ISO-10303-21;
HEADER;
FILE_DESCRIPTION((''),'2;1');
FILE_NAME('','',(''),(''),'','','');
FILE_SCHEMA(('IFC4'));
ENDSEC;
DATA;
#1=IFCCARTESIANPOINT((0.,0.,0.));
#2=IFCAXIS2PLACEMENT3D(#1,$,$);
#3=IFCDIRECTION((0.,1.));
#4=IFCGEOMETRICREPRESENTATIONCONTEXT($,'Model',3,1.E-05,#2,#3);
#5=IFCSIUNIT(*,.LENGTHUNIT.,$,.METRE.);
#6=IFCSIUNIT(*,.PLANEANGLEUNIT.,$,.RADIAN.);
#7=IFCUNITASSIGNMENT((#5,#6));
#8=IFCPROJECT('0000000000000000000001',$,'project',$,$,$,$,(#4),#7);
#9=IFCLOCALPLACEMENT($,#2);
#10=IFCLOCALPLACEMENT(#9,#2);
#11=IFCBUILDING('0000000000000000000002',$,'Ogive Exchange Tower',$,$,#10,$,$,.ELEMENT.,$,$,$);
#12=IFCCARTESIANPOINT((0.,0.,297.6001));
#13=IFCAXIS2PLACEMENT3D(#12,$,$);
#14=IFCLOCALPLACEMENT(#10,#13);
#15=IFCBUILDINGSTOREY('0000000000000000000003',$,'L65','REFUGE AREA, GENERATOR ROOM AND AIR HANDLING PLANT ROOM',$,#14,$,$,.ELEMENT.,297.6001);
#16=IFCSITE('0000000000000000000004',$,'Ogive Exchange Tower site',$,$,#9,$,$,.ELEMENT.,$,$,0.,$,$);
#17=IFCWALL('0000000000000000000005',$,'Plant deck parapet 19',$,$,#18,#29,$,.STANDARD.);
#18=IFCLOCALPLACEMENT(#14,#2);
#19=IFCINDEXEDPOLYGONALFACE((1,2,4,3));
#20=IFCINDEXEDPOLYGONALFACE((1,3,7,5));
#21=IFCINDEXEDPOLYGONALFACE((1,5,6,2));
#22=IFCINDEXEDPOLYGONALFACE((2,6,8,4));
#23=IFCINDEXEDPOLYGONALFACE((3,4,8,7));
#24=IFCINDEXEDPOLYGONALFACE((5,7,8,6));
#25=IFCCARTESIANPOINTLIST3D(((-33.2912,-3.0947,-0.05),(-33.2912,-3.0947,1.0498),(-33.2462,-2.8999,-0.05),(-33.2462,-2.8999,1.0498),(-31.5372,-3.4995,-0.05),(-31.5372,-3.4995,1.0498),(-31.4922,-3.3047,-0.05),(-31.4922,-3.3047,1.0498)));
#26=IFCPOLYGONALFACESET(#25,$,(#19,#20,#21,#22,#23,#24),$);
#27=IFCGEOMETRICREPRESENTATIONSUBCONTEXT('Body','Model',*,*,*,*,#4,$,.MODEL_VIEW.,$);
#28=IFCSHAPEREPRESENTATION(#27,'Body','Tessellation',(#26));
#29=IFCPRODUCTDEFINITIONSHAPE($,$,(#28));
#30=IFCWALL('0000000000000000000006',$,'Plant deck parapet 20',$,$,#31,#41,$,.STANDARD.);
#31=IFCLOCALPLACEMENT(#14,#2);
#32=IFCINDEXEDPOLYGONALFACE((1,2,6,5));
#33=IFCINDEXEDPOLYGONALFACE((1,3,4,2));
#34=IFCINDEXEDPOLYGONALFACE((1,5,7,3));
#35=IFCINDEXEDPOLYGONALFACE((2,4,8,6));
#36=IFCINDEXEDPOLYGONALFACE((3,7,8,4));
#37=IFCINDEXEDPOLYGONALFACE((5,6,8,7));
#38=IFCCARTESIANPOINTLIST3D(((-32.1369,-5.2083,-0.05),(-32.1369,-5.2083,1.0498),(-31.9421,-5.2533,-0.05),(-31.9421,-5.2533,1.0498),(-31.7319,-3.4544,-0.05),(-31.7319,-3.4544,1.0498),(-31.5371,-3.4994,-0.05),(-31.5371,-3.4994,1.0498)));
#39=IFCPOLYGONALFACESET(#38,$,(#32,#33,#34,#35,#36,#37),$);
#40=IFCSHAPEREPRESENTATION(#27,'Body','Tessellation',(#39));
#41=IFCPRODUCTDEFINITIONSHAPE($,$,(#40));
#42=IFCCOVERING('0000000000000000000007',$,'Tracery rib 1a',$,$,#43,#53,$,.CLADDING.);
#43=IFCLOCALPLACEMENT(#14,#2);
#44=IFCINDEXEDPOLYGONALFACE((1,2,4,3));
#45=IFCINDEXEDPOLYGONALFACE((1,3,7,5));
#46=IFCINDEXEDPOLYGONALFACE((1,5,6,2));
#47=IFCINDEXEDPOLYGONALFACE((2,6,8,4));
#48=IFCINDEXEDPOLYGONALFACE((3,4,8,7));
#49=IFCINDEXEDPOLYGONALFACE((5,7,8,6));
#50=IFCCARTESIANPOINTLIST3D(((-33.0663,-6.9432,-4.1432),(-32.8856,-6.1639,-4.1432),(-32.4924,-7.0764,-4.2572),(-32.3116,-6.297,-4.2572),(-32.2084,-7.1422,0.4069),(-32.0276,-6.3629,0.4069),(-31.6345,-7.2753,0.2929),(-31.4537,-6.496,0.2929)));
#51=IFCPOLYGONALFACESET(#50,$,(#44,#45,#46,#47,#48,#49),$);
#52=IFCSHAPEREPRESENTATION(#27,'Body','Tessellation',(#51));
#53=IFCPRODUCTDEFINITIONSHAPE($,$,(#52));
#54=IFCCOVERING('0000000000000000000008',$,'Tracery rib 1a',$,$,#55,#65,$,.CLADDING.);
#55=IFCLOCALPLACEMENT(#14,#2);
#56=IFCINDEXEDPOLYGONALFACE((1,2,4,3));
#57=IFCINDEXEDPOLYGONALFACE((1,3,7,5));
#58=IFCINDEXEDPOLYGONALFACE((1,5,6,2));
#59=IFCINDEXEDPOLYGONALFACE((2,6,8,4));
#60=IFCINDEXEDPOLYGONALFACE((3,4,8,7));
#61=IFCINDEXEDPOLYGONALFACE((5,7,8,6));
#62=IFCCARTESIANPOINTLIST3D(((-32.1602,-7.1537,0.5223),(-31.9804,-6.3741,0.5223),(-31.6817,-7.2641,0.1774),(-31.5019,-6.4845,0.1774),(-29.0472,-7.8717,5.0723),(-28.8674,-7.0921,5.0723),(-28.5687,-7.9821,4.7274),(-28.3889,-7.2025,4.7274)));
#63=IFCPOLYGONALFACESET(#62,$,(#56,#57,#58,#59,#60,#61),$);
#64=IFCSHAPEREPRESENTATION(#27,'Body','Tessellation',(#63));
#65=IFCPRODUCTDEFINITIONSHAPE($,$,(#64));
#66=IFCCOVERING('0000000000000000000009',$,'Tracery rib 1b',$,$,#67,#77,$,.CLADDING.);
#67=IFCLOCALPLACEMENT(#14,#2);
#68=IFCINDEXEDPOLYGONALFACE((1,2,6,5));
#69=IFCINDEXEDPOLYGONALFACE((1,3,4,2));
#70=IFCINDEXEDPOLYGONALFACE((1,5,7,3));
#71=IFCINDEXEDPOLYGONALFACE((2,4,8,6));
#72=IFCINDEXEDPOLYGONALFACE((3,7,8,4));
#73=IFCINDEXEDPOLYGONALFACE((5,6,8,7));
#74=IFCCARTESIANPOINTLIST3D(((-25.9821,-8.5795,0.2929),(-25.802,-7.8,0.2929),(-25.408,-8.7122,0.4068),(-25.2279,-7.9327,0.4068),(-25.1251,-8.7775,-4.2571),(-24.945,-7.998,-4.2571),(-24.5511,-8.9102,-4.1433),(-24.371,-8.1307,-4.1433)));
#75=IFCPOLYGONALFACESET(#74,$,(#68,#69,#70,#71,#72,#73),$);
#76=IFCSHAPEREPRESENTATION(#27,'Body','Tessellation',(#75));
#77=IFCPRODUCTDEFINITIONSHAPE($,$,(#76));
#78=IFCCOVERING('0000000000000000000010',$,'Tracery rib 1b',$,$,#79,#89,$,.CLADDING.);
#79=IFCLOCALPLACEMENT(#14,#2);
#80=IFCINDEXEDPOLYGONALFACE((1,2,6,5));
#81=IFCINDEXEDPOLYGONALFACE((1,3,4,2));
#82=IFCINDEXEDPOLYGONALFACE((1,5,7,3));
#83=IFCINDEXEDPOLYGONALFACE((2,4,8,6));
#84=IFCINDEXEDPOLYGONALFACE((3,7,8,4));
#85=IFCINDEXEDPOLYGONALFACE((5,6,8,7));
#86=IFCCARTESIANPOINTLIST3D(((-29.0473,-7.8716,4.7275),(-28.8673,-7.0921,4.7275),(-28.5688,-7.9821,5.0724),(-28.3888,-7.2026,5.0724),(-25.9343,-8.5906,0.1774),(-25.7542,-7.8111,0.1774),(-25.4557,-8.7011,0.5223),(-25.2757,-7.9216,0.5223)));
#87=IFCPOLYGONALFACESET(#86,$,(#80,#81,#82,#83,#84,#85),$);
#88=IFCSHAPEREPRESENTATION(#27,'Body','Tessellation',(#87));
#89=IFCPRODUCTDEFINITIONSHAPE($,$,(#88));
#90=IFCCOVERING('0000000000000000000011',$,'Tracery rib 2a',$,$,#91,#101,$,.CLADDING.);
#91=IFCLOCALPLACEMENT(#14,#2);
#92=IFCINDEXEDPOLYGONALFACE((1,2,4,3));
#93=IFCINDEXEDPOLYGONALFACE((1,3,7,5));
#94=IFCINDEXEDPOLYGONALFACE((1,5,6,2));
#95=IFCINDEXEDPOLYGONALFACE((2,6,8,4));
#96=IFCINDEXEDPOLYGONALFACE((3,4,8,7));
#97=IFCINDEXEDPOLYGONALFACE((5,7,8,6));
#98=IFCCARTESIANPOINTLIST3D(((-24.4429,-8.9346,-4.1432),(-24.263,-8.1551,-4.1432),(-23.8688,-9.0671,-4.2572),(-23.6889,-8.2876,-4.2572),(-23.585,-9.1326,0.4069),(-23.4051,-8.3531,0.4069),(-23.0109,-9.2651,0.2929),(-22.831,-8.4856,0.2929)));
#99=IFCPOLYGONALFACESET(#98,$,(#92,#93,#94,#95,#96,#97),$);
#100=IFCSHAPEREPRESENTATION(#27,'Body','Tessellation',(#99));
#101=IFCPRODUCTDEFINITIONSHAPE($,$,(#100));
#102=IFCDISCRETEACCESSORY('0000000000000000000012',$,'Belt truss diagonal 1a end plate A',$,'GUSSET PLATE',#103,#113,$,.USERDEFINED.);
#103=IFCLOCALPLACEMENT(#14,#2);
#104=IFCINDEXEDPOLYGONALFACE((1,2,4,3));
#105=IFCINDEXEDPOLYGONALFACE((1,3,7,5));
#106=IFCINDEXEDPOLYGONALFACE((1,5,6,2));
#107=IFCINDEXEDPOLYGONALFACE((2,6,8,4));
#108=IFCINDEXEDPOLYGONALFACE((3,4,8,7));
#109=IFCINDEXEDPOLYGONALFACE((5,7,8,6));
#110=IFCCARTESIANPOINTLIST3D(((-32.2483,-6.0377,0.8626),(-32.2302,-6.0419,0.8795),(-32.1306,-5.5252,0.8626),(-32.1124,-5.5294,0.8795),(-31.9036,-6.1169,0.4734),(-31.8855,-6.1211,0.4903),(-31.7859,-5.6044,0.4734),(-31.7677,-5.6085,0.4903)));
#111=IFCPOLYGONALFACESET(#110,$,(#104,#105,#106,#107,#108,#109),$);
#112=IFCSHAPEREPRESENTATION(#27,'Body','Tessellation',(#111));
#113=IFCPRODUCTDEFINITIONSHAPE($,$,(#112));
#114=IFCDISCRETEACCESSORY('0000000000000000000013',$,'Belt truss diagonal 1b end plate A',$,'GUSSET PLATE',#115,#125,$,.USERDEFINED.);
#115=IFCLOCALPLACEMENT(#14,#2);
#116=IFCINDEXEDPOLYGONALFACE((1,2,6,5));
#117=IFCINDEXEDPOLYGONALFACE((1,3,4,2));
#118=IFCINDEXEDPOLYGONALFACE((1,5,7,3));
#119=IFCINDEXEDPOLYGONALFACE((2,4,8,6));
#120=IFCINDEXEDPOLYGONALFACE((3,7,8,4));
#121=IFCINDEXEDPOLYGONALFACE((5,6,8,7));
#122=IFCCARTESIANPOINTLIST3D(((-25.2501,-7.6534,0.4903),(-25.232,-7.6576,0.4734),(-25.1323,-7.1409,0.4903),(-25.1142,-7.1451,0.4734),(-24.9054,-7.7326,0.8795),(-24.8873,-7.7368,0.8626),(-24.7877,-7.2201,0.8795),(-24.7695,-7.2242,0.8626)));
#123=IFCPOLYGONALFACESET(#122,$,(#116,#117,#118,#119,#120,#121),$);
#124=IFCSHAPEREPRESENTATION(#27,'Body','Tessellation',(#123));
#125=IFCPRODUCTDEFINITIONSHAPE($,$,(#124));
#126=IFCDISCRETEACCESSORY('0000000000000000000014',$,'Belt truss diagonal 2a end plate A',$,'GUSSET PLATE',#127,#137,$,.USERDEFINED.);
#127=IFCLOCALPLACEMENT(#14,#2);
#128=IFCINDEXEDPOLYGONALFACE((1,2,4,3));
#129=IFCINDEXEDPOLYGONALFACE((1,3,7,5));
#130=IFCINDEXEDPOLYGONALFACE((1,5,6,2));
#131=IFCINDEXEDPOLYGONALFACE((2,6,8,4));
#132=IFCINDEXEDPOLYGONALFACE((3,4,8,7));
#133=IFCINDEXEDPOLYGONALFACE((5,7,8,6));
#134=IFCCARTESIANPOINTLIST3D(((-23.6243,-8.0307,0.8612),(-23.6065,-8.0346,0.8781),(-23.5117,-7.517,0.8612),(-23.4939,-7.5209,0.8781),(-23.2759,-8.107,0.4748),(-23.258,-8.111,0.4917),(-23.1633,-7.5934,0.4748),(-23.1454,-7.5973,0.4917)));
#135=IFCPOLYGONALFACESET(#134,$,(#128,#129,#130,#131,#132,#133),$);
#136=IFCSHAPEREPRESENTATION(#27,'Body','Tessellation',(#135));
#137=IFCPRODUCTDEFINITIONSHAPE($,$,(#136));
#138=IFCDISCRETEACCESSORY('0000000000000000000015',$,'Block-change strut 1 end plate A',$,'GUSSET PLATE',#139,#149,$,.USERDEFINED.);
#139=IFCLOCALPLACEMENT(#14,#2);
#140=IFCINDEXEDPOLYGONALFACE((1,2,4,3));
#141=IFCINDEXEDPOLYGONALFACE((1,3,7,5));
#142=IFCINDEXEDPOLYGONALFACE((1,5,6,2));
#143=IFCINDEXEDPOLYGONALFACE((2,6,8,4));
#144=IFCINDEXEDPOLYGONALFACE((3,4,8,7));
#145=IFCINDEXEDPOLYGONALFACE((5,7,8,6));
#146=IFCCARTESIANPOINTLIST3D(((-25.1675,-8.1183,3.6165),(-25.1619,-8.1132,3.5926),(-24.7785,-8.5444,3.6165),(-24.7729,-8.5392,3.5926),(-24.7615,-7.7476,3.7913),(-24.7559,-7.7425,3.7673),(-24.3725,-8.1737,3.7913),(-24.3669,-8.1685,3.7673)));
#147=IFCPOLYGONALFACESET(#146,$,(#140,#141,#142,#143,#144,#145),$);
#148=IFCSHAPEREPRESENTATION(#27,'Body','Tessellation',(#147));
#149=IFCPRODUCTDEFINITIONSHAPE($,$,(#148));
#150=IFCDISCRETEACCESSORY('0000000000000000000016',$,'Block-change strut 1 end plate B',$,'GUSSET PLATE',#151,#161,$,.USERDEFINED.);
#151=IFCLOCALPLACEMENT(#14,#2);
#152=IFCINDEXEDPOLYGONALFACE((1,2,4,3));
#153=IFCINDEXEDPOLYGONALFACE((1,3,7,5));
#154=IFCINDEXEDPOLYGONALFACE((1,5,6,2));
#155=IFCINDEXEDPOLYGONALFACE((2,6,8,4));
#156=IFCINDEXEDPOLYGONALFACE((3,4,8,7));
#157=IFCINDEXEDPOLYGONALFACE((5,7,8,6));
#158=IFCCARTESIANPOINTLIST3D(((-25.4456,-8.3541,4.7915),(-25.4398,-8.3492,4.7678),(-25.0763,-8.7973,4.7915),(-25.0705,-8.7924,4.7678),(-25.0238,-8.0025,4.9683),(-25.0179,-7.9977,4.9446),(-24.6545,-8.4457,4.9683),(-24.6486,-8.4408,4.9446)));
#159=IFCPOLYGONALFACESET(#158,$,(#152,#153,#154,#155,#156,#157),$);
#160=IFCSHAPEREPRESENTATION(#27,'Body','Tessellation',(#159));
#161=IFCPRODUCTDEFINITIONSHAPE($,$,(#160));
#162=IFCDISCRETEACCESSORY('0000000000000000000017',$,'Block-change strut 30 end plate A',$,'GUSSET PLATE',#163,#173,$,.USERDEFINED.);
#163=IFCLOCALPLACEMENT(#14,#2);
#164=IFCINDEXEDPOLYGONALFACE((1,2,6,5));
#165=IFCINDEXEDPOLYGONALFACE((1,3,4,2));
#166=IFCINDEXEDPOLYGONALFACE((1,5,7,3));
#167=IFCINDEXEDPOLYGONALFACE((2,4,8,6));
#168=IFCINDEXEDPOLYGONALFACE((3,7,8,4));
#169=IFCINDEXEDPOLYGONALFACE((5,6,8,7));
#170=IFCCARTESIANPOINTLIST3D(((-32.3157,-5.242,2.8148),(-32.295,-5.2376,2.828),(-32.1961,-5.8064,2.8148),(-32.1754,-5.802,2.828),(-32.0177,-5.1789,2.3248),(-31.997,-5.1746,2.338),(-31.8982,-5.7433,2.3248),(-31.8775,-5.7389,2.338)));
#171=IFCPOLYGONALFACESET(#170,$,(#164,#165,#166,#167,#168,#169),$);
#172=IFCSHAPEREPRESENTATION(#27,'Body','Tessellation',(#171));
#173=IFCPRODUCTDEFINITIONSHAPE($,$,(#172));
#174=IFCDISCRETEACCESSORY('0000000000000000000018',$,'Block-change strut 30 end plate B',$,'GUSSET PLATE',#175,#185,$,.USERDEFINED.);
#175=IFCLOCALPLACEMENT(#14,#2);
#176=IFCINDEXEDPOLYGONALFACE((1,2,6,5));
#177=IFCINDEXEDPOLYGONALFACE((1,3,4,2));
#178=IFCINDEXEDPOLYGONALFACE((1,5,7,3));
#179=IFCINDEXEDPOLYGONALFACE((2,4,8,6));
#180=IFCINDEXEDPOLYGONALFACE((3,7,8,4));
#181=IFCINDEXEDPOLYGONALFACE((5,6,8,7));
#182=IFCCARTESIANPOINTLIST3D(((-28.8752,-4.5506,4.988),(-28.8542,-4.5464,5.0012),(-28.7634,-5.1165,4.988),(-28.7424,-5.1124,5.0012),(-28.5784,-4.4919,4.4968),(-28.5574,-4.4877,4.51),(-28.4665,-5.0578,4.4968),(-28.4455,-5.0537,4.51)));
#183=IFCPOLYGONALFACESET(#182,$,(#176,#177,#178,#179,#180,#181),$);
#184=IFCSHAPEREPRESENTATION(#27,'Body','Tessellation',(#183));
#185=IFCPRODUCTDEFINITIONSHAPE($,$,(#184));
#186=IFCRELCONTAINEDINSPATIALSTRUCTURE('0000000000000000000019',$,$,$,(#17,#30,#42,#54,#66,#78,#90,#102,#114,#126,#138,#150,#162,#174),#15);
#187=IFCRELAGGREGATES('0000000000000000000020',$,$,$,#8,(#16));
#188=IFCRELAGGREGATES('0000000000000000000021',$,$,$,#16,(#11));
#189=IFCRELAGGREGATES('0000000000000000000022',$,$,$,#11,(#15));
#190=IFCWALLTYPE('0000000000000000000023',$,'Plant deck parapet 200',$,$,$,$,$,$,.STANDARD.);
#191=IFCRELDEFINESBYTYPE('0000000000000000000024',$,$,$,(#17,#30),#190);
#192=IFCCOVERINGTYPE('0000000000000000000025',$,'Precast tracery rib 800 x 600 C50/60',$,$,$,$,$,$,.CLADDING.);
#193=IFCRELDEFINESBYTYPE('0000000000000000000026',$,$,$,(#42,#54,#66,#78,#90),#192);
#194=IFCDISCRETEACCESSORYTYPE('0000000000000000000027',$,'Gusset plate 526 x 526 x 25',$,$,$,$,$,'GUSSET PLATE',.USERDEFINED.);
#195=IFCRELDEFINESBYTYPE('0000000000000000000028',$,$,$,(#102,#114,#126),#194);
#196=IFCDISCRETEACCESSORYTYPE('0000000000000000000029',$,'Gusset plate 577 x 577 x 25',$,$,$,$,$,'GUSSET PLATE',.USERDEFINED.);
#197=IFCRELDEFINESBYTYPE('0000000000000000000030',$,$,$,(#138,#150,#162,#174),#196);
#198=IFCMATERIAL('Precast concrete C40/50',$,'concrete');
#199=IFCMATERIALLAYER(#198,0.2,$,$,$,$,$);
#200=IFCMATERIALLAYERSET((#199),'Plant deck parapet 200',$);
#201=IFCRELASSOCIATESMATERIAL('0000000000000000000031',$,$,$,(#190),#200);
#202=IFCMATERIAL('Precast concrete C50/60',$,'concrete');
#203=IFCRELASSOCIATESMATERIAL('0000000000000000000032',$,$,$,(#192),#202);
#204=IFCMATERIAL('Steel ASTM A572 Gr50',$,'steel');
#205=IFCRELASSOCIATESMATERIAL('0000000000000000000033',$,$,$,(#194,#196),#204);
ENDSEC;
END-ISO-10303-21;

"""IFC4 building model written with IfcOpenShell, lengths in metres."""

from ifc_helpers import new_model, si_unit, direction, frame, frame_2d, origin, origin_2d, place, context, subcontext, project, spatial, rectangle, extrude, material, layer, layer_set, material_profile, profile_set, type_object, element, save


model = new_model("IFC4")

# Units and contexts
model_context = context("Model", 3, precision=1e-05, world=origin(), true_north=direction((0.0, 1.0)))
body_context = subcontext(model_context, "Body", "Model", "MODEL_VIEW")
ifc_project = project(units=[si_unit("LENGTHUNIT", "METRE"), si_unit("PLANEANGLEUNIT", "RADIAN")], contexts=[model_context])

# Site, building, storey
site_placement = place(None, origin())
site = spatial("IfcSite", under=ifc_project, at=site_placement, Name="Ogive Exchange Tower site", CompositionType="ELEMENT", RefElevation=0.0)
building_placement = place(site_placement, origin())
building = spatial("IfcBuilding", under=site, at=building_placement, Name="Ogive Exchange Tower", CompositionType="ELEMENT")
storey_placement = place(building_placement, frame((0.0, 0.0, 297.6001)))
storey = spatial("IfcBuildingStorey", under=building, at=storey_placement, Name="L65", Description="REFUGE AREA, GENERATOR ROOM AND AIR HANDLING PLANT ROOM", CompositionType="ELEMENT", Elevation=297.6001)

# Walls
ifc_material_1 = material(Name="Precast concrete C40/50", Category="concrete")
ifc_layer_1 = layer(ifc_material_1, 0.2)
ifc_layer_set_1 = layer_set([ifc_layer_1], Name="Plant deck parapet 200")
wall_type_1 = type_object("IfcWallType", Name="Plant deck parapet 200", PredefinedType="STANDARD", material=ifc_layer_set_1)
for number, where, z_axis, x_axis, name in (
    (1, (-33.2686, -2.9973, -0.05), (0.0, 0.0, 1.0), (0.974387, -0.224879, 0.0), "Plant deck parapet 19"),
    (2, (-31.6345, -3.4771, -0.05), (0.0, 0.0, 1.0), (-0.225008, -0.974357, 0.0), "Plant deck parapet 20"),
):
    element("IfcWall", number, at=place(storey_placement, frame(where, z_axis=z_axis, x_axis=x_axis)), inside=storey, type_object=wall_type_1, Name=name, PredefinedType="STANDARD", context=body_context, shape_type="SweptSolid", body=[
        extrude(rectangle(XDim=1.8, YDim=0.2, at=frame_2d((0.8999, 0.0))), origin(), (0.0, 0.0, 1.0), 1.0999),
    ])

# Coverings
ifc_material_2 = material(Name="Precast concrete C50/60", Category="concrete")
ifc_material_profile_1 = material_profile(ifc_material_2, rectangle(XDim=0.8, YDim=0.6001, at=origin_2d()), Name="RIB 800 x 600")
ifc_profile_set_1 = profile_set([ifc_material_profile_1], Name="Precast concrete C50/60")
covering_type = type_object("IfcCoveringType", Name="Precast tracery rib 800 x 600 C50/60", PredefinedType="CLADDING", material=ifc_profile_set_1)
covering_1_placement = place(storey_placement, frame((-32.689, -6.6201, -4.2002), z_axis=(0.185114, -0.042933, 0.981779), x_axis=(0.225932, 0.974143, 0.0)))
element("IfcCovering", 3, at=covering_1_placement, inside=storey, type_object=covering_type, Name="Tracery rib 1a", PredefinedType="CLADDING", context=body_context, shape_type="SweptSolid", body=[
    extrude(rectangle(XDim=0.8, YDim=0.6001, at=origin_2d()), origin(), (0.0, 0.0, 1.0), 4.6345),
])
covering_2_placement = place(storey_placement, frame((-31.8311, -6.8191, 0.3499), z_axis=(0.559936, -0.129148, 0.818408), x_axis=(0.224748, 0.974417, 0.0)))
element("IfcCovering", 4, at=covering_2_placement, inside=storey, type_object=covering_type, Name="Tracery rib 1a", PredefinedType="CLADDING", context=body_context, shape_type="SweptSolid", body=[
    extrude(rectangle(XDim=0.8, YDim=0.6001, at=origin_2d()), origin(), (0.0, 0.0, 1.0), 5.5596),
])
covering_3_placement = place(storey_placement, frame((-24.748, -8.4541, -4.2002), z_axis=(-0.184912, 0.042725, 0.981826), x_axis=(-0.225123, -0.97433, 0.0)))
element("IfcCovering", 5, at=covering_3_placement, inside=storey, type_object=covering_type, Name="Tracery rib 1b", PredefinedType="CLADDING", context=body_context, shape_type="SweptSolid", body=[
    extrude(rectangle(XDim=0.8, YDim=0.6001, at=origin_2d()), origin(), (0.0, 0.0, 1.0), 4.6343),
])
covering_4_placement = place(storey_placement, frame((-25.605, -8.2561, 0.3499), z_axis=(-0.559923, 0.129321, 0.81839), x_axis=(-0.225038, -0.97435, 0.0)))
element("IfcCovering", 6, at=covering_4_placement, inside=storey, type_object=covering_type, Name="Tracery rib 1b", PredefinedType="CLADDING", context=body_context, shape_type="SweptSolid", body=[
    extrude(rectangle(XDim=0.8, YDim=0.6001, at=origin_2d()), origin(), (0.0, 0.0, 1.0), 5.5598),
])
covering_5_placement = place(storey_placement, frame((-24.0659, -8.6111, -4.2002), z_axis=(0.185116, -0.042723, 0.981788), x_axis=(0.22488, 0.974387, 0.0)))
element("IfcCovering", 7, at=covering_5_placement, inside=storey, type_object=covering_type, Name="Tracery rib 2a", PredefinedType="CLADDING", context=body_context, shape_type="SweptSolid", body=[
    extrude(rectangle(XDim=0.8, YDim=0.6001, at=origin_2d()), origin(), (0.0, 0.0, 1.0), 4.6345),
])

# Discrete accessories
ifc_material_3 = material(Name="Steel ASTM A572 Gr50", Category="steel")
ifc_material_profile_2 = material_profile(ifc_material_3, rectangle(XDim=0.5259, YDim=0.5259, at=origin_2d()), Name="PL 526 x 526 x 25")
ifc_profile_set_2 = profile_set([ifc_material_profile_2], Name="Steel ASTM A572 Gr50")
discrete_accessory_type_1 = type_object("IfcDiscreteAccessoryType", Name="Gusset plate 526 x 526 x 25", ElementType="GUSSET PLATE", PredefinedType="USERDEFINED", material=ifc_profile_set_2)
for number, where, z_axis, x_axis, name in (
    (8, (-32.0171, -5.821, 0.668), (0.721274, -0.165698, 0.672539), (0.223898, 0.974613, 0.0), "Belt truss diagonal 1a end plate A"),
    (9, (-25.0007, -7.4409, 0.668), (-0.721274, 0.165698, 0.672539), (-0.223898, -0.974613, 0.0), "Belt truss diagonal 1b end plate A"),
):
    element("IfcDiscreteAccessory", number, at=place(storey_placement, frame(where, z_axis=z_axis, x_axis=x_axis)), inside=storey, type_object=discrete_accessory_type_1, Name=name, ObjectType="GUSSET PLATE", PredefinedType="USERDEFINED", context=body_context, shape_type="SweptSolid", body=[
        extrude(rectangle(XDim=0.5259, YDim=0.5259, at=origin_2d()), origin(), (0.0, 0.0, 1.0), 0.0251),
    ])
discrete_accessory_1_placement = place(storey_placement, frame((-23.3938, -7.812, 0.668), z_axis=(0.71769, -0.157302, 0.678364), x_axis=(0.214096, 0.976813, 0.0)))
element("IfcDiscreteAccessory", 10, at=discrete_accessory_1_placement, inside=storey, type_object=discrete_accessory_type_1, Name="Belt truss diagonal 2a end plate A", ObjectType="GUSSET PLATE", PredefinedType="USERDEFINED", context=body_context, shape_type="SweptSolid", body=[
    extrude(rectangle(XDim=0.5259, YDim=0.5259, at=origin_2d()), origin(), (0.0, 0.0, 1.0), 0.0249),
])
ifc_material_profile_3 = material_profile(ifc_material_3, rectangle(XDim=0.5769, YDim=0.5769, at=origin_2d()), Name="PL 577 x 577 x 25")
ifc_profile_set_3 = profile_set([ifc_material_profile_3], Name="Steel ASTM A572 Gr50")
discrete_accessory_type_2 = type_object("IfcDiscreteAccessoryType", Name="Gusset plate 577 x 577 x 25", ElementType="GUSSET PLATE", PredefinedType="USERDEFINED", material=ifc_profile_set_3)
discrete_accessory_2_placement = place(storey_placement, frame((-24.7644, -8.1409, 3.6799), z_axis=(-0.22367, -0.204221, 0.95303), x_axis=(0.674269, -0.738485, 0.0)))
element("IfcDiscreteAccessory", 11, at=discrete_accessory_2_placement, inside=storey, type_object=discrete_accessory_type_2, Name="Block-change strut 1 end plate A", ObjectType="GUSSET PLATE", PredefinedType="USERDEFINED", context=body_context, shape_type="SweptSolid", body=[
    extrude(rectangle(XDim=0.5769, YDim=0.5769, at=origin_2d()), origin(), (0.0, 0.0, 1.0), 0.0251),
])
for number, where, z_axis, x_axis, name in (
    (12, (-25.0442, -8.395, 4.8562), (-0.235509, -0.196258, 0.95185), (0.640184, -0.768221, 0.0), "Block-change strut 1 end plate B"),
    (13, (-32.1069, -5.4927, 2.5698), (0.830901, 0.175956, 0.527867), (-0.20717, 0.978305, 0.0), "Block-change strut 30 end plate A"),
):
    element("IfcDiscreteAccessory", number, at=place(storey_placement, frame(where, z_axis=z_axis, x_axis=x_axis)), inside=storey, type_object=discrete_accessory_type_2, Name=name, ObjectType="GUSSET PLATE", PredefinedType="USERDEFINED", context=body_context, shape_type="SweptSolid", body=[
        extrude(rectangle(XDim=0.5769, YDim=0.5769, at=origin_2d()), origin(), (0.0, 0.0, 1.0), 0.0249),
    ])
discrete_accessory_3_placement = place(storey_placement, frame((-28.6709, -4.8042, 4.7424), z_axis=(0.835266, 0.165111, 0.52447), x_axis=(-0.193922, 0.981017, 0.0)))
element("IfcDiscreteAccessory", 14, at=discrete_accessory_3_placement, inside=storey, type_object=discrete_accessory_type_2, Name="Block-change strut 30 end plate B", ObjectType="GUSSET PLATE", PredefinedType="USERDEFINED", context=body_context, shape_type="SweptSolid", body=[
    extrude(rectangle(XDim=0.5769, YDim=0.5769, at=origin_2d()), origin(), (0.0, 0.0, 1.0), 0.0251),
])

save(model, "model.ifc")
